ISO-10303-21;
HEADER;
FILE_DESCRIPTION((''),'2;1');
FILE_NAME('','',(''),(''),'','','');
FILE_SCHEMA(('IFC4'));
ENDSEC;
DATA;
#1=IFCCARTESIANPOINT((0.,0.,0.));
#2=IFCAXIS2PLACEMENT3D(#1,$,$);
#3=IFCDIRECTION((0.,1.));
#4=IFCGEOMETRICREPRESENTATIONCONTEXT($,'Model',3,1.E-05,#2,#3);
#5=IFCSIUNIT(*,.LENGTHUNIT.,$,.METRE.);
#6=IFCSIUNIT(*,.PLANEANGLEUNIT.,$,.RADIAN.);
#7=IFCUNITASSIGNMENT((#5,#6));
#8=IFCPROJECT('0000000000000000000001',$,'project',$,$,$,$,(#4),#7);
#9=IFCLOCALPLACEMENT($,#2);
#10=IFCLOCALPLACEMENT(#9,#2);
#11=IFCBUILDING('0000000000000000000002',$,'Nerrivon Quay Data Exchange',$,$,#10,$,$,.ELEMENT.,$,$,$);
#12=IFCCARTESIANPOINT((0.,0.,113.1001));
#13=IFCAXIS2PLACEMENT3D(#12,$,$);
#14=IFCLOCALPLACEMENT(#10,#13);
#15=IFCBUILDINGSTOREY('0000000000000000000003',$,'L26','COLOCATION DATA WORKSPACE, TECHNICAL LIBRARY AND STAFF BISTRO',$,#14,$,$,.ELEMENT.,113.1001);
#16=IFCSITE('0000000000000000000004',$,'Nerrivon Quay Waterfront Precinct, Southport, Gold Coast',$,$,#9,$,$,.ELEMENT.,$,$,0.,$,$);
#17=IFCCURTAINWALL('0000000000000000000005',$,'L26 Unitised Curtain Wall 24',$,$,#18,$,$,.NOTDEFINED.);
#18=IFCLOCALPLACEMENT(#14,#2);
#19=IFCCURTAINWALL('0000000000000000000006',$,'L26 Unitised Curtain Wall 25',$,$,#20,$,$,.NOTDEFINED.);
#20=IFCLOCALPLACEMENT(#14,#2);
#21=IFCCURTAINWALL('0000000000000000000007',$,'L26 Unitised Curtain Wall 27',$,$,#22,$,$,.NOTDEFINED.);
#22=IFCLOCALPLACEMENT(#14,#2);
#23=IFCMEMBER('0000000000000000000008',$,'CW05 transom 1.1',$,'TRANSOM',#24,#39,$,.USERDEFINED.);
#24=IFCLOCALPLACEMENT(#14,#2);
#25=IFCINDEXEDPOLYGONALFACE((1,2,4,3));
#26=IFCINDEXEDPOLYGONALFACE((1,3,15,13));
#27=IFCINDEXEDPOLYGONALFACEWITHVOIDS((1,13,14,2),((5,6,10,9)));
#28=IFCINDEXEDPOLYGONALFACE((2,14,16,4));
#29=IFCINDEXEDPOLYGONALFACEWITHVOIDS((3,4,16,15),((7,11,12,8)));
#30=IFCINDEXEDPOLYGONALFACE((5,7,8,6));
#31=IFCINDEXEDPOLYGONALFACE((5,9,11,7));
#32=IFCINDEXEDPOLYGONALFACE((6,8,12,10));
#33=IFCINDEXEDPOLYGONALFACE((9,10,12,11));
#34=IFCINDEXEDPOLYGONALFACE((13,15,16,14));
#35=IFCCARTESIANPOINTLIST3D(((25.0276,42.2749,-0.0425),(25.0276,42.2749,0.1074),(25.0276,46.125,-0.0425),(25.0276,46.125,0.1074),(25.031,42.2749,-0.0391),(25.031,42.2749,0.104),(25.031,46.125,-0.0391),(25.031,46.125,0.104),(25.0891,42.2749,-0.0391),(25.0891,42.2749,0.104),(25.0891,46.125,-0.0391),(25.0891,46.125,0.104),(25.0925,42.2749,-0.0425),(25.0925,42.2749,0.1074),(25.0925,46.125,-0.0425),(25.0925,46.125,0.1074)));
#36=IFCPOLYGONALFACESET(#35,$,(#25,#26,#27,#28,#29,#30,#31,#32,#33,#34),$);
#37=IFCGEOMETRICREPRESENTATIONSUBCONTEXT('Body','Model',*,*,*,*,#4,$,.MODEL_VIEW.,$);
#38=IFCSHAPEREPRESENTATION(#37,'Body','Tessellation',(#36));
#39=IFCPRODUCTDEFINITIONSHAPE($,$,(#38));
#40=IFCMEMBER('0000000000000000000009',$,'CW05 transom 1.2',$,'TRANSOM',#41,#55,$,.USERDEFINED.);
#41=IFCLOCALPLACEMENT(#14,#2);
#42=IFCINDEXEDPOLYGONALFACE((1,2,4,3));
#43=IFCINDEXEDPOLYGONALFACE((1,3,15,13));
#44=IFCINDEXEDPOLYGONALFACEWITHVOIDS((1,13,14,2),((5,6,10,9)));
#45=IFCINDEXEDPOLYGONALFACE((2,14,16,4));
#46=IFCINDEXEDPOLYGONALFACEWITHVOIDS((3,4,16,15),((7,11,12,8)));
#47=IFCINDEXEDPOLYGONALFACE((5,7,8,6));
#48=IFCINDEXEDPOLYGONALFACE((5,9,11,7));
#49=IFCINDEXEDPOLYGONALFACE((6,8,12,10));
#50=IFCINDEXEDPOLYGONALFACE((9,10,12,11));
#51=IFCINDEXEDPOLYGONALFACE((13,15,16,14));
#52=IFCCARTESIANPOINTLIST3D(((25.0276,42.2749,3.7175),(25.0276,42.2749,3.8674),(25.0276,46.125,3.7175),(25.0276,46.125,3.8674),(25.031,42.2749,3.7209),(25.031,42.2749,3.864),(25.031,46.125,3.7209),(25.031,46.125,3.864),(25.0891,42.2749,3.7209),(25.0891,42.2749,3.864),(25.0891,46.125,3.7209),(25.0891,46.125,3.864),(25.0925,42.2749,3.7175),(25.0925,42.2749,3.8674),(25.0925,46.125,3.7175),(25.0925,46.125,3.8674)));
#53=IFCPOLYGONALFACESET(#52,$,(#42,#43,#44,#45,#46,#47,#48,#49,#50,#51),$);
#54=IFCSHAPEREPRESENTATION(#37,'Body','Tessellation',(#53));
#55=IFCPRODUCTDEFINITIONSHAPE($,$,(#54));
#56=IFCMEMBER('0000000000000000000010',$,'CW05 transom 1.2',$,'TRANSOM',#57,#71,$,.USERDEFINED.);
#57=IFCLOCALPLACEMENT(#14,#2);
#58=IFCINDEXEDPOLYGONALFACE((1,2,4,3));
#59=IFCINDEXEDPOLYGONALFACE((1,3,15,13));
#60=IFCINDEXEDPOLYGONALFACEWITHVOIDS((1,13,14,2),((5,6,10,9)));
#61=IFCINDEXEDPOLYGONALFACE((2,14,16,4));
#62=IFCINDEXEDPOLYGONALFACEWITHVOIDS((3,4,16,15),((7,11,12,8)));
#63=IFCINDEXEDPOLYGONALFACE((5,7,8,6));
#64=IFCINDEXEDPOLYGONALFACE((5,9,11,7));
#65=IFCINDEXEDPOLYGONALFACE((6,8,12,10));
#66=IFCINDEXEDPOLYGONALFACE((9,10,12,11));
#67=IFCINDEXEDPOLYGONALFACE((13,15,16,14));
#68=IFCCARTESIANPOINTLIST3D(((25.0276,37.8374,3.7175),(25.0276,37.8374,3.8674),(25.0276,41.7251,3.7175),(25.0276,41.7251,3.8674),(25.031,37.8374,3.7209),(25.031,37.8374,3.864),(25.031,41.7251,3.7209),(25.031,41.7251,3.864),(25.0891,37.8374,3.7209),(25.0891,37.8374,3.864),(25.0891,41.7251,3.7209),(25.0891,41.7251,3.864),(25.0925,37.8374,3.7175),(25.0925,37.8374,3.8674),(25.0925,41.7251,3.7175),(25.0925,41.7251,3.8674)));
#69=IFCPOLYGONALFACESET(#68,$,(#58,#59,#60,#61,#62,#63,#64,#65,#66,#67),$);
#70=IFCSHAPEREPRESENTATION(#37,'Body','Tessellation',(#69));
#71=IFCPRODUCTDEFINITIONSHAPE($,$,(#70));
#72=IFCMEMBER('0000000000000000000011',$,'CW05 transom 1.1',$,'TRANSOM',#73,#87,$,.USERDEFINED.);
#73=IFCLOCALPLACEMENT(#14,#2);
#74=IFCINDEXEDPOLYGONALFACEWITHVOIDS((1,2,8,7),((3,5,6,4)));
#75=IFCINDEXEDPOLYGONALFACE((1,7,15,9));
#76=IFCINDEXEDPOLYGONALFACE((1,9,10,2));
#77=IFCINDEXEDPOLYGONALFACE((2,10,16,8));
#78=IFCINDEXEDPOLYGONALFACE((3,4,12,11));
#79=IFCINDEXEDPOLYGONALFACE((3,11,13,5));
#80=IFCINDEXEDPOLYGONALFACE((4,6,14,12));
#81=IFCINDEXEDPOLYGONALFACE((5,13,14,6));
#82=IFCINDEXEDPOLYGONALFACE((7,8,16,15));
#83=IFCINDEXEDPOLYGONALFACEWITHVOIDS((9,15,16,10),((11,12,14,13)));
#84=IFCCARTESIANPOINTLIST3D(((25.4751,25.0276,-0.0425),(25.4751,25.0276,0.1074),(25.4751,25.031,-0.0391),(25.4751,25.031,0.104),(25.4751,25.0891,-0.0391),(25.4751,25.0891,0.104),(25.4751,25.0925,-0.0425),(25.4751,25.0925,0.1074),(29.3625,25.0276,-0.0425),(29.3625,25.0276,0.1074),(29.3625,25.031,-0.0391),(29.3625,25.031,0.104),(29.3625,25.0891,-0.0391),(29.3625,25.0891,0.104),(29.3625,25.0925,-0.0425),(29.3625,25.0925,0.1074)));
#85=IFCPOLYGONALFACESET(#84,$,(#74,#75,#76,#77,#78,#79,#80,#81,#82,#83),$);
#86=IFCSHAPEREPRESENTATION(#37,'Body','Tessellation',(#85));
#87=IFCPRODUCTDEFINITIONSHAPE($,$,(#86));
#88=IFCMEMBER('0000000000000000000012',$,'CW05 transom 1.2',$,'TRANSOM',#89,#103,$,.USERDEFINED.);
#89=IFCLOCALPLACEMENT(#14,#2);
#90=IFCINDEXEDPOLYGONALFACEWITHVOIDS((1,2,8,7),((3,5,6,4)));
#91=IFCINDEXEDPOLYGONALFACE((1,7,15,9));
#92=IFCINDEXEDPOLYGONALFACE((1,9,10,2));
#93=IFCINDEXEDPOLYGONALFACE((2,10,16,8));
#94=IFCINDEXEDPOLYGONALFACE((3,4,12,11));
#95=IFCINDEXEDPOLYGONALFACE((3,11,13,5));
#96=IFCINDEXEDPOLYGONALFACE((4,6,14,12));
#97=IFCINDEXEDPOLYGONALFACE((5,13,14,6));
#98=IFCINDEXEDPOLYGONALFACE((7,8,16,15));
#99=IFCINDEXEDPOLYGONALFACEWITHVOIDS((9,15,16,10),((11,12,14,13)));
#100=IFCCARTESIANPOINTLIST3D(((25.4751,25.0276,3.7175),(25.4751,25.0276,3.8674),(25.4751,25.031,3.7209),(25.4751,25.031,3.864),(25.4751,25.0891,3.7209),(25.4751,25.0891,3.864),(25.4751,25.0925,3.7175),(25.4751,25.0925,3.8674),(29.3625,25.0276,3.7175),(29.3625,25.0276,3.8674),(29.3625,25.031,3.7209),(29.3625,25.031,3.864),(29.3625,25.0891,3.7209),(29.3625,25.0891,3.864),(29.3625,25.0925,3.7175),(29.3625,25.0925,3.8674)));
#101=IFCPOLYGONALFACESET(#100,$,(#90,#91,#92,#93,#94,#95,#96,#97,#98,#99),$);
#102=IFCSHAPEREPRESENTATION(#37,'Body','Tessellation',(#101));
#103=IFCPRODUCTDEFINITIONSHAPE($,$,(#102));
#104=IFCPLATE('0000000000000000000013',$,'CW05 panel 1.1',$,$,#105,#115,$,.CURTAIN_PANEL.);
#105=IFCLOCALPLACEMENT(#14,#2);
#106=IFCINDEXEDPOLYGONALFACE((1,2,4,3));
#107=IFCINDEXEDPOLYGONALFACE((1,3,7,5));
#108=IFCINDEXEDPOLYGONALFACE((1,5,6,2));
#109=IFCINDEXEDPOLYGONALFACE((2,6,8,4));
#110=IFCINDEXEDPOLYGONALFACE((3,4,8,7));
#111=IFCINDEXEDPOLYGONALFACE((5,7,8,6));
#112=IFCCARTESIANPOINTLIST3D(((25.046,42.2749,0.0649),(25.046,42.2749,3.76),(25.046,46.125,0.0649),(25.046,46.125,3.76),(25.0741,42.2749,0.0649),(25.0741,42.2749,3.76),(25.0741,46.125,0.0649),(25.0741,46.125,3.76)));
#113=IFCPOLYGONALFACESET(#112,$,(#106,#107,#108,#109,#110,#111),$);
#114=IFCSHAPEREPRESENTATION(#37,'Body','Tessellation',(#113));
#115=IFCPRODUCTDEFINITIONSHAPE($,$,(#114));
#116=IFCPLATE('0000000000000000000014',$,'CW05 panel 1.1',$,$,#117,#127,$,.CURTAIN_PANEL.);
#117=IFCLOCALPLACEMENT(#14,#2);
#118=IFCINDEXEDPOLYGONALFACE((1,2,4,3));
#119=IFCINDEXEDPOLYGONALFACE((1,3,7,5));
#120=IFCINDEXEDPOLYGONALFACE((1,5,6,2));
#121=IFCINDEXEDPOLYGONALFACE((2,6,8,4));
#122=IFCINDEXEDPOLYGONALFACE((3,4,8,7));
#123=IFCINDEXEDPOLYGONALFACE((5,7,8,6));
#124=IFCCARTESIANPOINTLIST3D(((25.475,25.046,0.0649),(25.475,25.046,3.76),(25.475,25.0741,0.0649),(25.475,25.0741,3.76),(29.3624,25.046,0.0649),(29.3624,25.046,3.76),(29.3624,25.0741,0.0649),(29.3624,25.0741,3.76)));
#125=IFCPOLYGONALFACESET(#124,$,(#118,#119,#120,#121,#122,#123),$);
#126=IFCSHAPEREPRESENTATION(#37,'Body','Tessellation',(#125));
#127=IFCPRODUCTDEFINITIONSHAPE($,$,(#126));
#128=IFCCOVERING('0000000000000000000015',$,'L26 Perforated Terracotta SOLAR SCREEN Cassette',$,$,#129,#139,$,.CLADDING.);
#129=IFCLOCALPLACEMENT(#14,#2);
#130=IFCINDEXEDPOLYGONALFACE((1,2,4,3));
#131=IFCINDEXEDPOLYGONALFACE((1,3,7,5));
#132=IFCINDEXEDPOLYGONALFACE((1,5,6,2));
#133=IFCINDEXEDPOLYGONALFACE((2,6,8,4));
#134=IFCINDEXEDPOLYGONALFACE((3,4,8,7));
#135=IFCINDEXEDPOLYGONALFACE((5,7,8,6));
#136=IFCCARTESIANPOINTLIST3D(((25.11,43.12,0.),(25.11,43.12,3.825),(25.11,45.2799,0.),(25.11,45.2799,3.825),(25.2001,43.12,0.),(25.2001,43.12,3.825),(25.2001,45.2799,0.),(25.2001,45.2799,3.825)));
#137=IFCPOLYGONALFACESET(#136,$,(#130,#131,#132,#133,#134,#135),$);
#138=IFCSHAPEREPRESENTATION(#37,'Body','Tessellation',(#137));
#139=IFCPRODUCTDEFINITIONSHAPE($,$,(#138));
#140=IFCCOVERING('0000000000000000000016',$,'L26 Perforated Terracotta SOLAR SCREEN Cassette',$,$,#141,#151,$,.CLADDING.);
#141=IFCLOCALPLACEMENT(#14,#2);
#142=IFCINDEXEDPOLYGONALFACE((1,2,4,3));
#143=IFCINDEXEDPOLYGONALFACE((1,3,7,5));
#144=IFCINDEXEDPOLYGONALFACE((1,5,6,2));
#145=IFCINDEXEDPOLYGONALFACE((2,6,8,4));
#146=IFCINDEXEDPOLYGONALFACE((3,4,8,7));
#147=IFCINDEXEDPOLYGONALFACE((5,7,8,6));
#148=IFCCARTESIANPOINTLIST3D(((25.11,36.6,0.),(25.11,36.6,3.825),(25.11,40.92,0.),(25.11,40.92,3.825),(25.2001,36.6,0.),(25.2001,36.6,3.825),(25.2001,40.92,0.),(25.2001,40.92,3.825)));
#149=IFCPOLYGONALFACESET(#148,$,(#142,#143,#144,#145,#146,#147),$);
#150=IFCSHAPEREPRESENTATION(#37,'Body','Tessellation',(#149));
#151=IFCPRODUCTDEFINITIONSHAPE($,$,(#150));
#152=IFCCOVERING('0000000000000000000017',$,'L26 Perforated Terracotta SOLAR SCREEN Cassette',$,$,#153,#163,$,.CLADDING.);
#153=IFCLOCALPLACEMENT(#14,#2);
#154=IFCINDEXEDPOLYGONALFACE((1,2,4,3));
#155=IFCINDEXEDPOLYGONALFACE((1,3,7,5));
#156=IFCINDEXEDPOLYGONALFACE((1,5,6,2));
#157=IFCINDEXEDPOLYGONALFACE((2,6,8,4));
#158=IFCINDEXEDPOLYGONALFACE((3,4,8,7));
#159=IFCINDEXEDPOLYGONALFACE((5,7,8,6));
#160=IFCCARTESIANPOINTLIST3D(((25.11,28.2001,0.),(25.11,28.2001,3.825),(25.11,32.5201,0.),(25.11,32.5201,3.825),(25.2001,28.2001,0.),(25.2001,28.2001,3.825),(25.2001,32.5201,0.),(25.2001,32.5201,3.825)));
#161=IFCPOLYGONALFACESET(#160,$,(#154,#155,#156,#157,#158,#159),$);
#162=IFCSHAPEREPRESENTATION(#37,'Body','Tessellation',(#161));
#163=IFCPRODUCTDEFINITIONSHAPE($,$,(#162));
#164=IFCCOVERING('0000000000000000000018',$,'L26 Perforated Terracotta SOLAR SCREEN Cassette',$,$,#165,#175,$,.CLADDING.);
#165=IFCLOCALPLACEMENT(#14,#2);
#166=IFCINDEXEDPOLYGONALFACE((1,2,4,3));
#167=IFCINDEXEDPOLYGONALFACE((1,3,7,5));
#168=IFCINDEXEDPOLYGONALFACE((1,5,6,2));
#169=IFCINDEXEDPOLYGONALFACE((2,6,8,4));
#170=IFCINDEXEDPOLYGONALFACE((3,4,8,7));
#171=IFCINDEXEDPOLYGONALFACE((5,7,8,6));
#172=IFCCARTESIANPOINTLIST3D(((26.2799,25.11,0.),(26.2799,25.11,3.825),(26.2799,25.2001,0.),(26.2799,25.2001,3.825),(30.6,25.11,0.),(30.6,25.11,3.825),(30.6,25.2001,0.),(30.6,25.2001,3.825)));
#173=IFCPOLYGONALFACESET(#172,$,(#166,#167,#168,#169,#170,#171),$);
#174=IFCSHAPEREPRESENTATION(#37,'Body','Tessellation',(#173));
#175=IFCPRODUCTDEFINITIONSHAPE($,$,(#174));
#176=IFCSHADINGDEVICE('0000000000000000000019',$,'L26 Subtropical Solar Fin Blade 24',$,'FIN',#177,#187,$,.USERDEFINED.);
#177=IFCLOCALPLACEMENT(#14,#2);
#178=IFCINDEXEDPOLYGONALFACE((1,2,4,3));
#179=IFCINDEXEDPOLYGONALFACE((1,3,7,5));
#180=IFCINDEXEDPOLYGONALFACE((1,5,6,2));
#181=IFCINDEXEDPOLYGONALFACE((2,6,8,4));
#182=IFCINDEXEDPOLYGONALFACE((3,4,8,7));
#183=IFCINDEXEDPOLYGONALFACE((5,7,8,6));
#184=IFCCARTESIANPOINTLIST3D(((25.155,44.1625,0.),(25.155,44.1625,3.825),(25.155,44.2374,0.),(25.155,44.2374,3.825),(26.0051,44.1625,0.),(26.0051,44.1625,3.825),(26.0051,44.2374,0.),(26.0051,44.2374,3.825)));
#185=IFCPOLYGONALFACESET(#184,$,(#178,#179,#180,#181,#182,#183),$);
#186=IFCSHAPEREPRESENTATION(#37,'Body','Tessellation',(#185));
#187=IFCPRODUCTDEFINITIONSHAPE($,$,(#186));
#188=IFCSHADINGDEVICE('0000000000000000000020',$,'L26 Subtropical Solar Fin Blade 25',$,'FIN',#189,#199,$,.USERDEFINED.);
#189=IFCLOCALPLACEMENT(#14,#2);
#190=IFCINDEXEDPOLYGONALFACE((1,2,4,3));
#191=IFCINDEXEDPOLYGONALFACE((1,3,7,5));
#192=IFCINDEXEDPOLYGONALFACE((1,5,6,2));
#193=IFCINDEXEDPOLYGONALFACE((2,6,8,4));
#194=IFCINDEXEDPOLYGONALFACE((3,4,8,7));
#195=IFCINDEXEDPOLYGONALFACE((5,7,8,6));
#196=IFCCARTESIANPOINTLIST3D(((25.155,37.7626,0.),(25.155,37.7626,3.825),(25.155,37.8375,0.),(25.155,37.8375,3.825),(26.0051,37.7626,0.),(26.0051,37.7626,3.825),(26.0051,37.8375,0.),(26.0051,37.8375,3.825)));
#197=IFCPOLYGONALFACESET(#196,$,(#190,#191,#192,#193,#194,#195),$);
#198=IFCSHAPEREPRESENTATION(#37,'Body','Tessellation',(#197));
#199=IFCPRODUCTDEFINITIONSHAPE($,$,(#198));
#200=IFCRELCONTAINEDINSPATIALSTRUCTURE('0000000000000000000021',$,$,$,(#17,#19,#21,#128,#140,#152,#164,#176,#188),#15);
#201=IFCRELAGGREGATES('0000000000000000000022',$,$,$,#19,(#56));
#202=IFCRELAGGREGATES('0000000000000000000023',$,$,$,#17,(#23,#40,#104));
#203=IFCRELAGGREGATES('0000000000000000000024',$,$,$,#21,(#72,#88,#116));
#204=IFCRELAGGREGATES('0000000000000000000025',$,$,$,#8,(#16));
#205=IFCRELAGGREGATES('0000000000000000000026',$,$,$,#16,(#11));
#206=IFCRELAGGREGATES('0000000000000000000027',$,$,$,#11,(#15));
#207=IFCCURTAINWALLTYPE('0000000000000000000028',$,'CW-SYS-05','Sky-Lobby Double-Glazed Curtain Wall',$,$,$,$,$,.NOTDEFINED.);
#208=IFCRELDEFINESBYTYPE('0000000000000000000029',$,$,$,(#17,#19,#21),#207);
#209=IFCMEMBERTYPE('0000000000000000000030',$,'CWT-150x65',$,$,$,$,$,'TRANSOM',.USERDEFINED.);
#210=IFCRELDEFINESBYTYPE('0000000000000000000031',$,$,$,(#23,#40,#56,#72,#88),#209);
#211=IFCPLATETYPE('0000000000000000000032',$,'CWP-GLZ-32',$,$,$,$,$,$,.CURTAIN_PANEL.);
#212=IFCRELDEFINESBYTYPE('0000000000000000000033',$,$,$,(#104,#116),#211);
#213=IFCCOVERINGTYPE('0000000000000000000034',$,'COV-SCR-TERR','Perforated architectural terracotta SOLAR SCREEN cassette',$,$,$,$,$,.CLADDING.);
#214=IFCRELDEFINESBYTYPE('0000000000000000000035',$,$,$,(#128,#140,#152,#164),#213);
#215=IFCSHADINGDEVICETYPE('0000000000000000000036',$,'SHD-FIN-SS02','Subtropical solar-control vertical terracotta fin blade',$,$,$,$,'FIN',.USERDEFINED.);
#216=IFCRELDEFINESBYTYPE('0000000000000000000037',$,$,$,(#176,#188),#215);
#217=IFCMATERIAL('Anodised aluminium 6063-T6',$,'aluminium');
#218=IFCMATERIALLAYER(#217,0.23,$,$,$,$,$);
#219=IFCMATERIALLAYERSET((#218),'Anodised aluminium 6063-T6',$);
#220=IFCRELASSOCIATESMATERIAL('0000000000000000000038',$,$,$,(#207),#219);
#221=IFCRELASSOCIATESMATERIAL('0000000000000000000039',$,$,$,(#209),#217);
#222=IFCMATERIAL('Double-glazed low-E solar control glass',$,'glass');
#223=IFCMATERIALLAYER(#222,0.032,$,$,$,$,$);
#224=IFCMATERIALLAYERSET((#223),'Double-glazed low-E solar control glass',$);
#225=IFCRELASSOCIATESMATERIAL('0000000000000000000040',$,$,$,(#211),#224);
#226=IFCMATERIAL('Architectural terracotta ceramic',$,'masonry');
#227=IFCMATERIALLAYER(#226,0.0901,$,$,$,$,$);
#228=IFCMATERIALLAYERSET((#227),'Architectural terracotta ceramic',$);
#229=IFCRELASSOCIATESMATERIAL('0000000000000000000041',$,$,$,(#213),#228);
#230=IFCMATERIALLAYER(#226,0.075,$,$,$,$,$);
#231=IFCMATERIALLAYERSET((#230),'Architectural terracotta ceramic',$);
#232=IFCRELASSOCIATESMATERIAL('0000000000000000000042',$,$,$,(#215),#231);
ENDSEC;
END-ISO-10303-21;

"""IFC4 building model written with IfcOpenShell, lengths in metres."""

from ifc_helpers import new_model, si_unit, direction, frame, origin, origin_2d, place, context, subcontext, project, spatial, rectangle, hollow_rectangle, extrude, material, layer, layer_set, material_profile, profile_set, type_object, element, aggregate, save


model = new_model("IFC4")

# Units and contexts
model_context = context("Model", 3, precision=1e-05, world=origin(), true_north=direction((0.0, 1.0)))
body_context = subcontext(model_context, "Body", "Model", "MODEL_VIEW")
ifc_project = project(units=[si_unit("LENGTHUNIT", "METRE"), si_unit("PLANEANGLEUNIT", "RADIAN")], contexts=[model_context])

# Site, building, storey
site_placement = place(None, origin())
site = spatial("IfcSite", under=ifc_project, at=site_placement, Name="Nerrivon Quay Waterfront Precinct, Southport, Gold Coast", CompositionType="ELEMENT", RefElevation=0.0)
building_placement = place(site_placement, origin())
building = spatial("IfcBuilding", under=site, at=building_placement, Name="Nerrivon Quay Data Exchange", CompositionType="ELEMENT")
storey_placement = place(building_placement, frame((0.0, 0.0, 113.1001)))
storey = spatial("IfcBuildingStorey", under=building, at=storey_placement, Name="L26", Description="COLOCATION DATA WORKSPACE, TECHNICAL LIBRARY AND STAFF BISTRO", CompositionType="ELEMENT", Elevation=113.1001)

# Shared definitions
ifc_material_1 = material(Name="Anodised aluminium 6063-T6", Category="aluminium")
ifc_layer_1 = layer(ifc_material_1, 0.23)
ifc_layer_set_1 = layer_set([ifc_layer_1], Name="Anodised aluminium 6063-T6")
curtain_wall_type = type_object("IfcCurtainWallType", Name="CW-SYS-05", Description="Sky-Lobby Double-Glazed Curtain Wall", PredefinedType="NOTDEFINED", material=ifc_layer_set_1)

# Curtain wall
curtain_wall_1_placement = place(storey_placement, origin())
curtain_wall_1 = element("IfcCurtainWall", 1, at=curtain_wall_1_placement, inside=storey, type_object=curtain_wall_type, Name="L26 Unitised Curtain Wall 24", PredefinedType="NOTDEFINED")

# Curtain wall
curtain_wall_2_placement = place(storey_placement, origin())
curtain_wall_2 = element("IfcCurtainWall", 2, at=curtain_wall_2_placement, inside=storey, type_object=curtain_wall_type, Name="L26 Unitised Curtain Wall 25", PredefinedType="NOTDEFINED")

# Curtain wall
curtain_wall_3_placement = place(storey_placement, origin())
curtain_wall_3 = element("IfcCurtainWall", 3, at=curtain_wall_3_placement, inside=storey, type_object=curtain_wall_type, Name="L26 Unitised Curtain Wall 27", PredefinedType="NOTDEFINED")

# Members
ifc_material_profile_1 = material_profile(ifc_material_1, hollow_rectangle(XDim=0.0649, YDim=0.1499, WallThickness=0.0034, at=origin_2d()), Name="ALU-TRAN-150x65")
ifc_profile_set_1 = profile_set([ifc_material_profile_1], Name="Anodised aluminium 6063-T6")
member_type_1 = type_object("IfcMemberType", Name="CWT-150x65", ElementType="TRANSOM", PredefinedType="USERDEFINED", material=ifc_profile_set_1)
member_1_placement = place(storey_placement, frame((25.0601, 46.125, 0.0325), z_axis=(0.0, -1.0, 0.0), x_axis=(1.0, 0.0, 0.0)))
member_1 = element("IfcMember", 4, at=member_1_placement, type_object=member_type_1, Name="CW05 transom 1.1", ObjectType="TRANSOM", PredefinedType="USERDEFINED", context=body_context, shape_type="SweptSolid", body=[
    extrude(hollow_rectangle(XDim=0.0649, YDim=0.1499, WallThickness=0.0034, at=origin_2d()), origin(), (0.0, 0.0, 1.0), 3.8501),
])
member_2_placement = place(storey_placement, frame((25.0601, 46.125, 3.7925), z_axis=(0.0, -1.0, 0.0), x_axis=(1.0, 0.0, 0.0)))
member_2 = element("IfcMember", 5, at=member_2_placement, type_object=member_type_1, Name="CW05 transom 1.2", ObjectType="TRANSOM", PredefinedType="USERDEFINED", context=body_context, shape_type="SweptSolid", body=[
    extrude(hollow_rectangle(XDim=0.0649, YDim=0.1499, WallThickness=0.0034, at=origin_2d()), origin(), (0.0, 0.0, 1.0), 3.8501),
])
member_3_placement = place(storey_placement, frame((25.0601, 41.7251, 3.7925), z_axis=(0.0, -1.0, 0.0), x_axis=(1.0, 0.0, 0.0)))
member_3 = element("IfcMember", 6, at=member_3_placement, type_object=member_type_1, Name="CW05 transom 1.2", ObjectType="TRANSOM", PredefinedType="USERDEFINED", context=body_context, shape_type="SweptSolid", body=[
    extrude(hollow_rectangle(XDim=0.0649, YDim=0.1499, WallThickness=0.0034, at=origin_2d()), origin(), (0.0, 0.0, 1.0), 3.8877),
])
aggregate(curtain_wall_2, [member_3])
member_4_placement = place(storey_placement, frame((25.4751, 25.0601, 0.0325), z_axis=(1.0, 0.0, 0.0), x_axis=(0.0, 1.0, 0.0)))
member_4 = element("IfcMember", 7, at=member_4_placement, type_object=member_type_1, Name="CW05 transom 1.1", ObjectType="TRANSOM", PredefinedType="USERDEFINED", context=body_context, shape_type="SweptSolid", body=[
    extrude(hollow_rectangle(XDim=0.0649, YDim=0.1499, WallThickness=0.0034, at=origin_2d()), origin(), (0.0, 0.0, 1.0), 3.8875),
])
member_5_placement = place(storey_placement, frame((25.4751, 25.0601, 3.7925), z_axis=(1.0, 0.0, 0.0), x_axis=(0.0, 1.0, 0.0)))
member_5 = element("IfcMember", 8, at=member_5_placement, type_object=member_type_1, Name="CW05 transom 1.2", ObjectType="TRANSOM", PredefinedType="USERDEFINED", context=body_context, shape_type="SweptSolid", body=[
    extrude(hollow_rectangle(XDim=0.0649, YDim=0.1499, WallThickness=0.0034, at=origin_2d()), origin(), (0.0, 0.0, 1.0), 3.8875),
])

# Plates
ifc_material_2 = material(Name="Double-glazed low-E solar control glass", Category="glass")
ifc_layer_2 = layer(ifc_material_2, 0.032)
ifc_layer_set_2 = layer_set([ifc_layer_2], Name="Double-glazed low-E solar control glass")
plate_type = type_object("IfcPlateType", Name="CWP-GLZ-32", PredefinedType="CURTAIN_PANEL", material=ifc_layer_set_2)
plate_1_placement = place(storey_placement, frame((25.0601, 44.2, 0.0649), z_axis=(0.0, 0.0, 1.0), x_axis=(0.0, -1.0, 0.0)))
plate_1 = element("IfcPlate", 9, at=plate_1_placement, type_object=plate_type, Name="CW05 panel 1.1", PredefinedType="CURTAIN_PANEL", context=body_context, shape_type="SweptSolid", body=[
    extrude(rectangle(XDim=3.8501, YDim=0.0281, at=origin_2d()), origin(), (0.0, 0.0, 1.0), 3.6951),
])
aggregate(curtain_wall_1, [member_1, member_2, plate_1])
plate_2_placement = place(storey_placement, frame((27.4187, 25.0601, 0.0649), z_axis=(0.0, 0.0, 1.0), x_axis=(1.0, 0.0, 0.0)))
plate_2 = element("IfcPlate", 10, at=plate_2_placement, type_object=plate_type, Name="CW05 panel 1.1", PredefinedType="CURTAIN_PANEL", context=body_context, shape_type="SweptSolid", body=[
    extrude(rectangle(XDim=3.8875, YDim=0.0281, at=origin_2d()), origin(), (0.0, 0.0, 1.0), 3.6951),
])
aggregate(curtain_wall_3, [member_4, member_5, plate_2])

# Coverings
ifc_material_3 = material(Name="Architectural terracotta ceramic", Category="masonry")
ifc_layer_3 = layer(ifc_material_3, 0.0901)
ifc_layer_set_3 = layer_set([ifc_layer_3], Name="Architectural terracotta ceramic")
covering_type = type_object("IfcCoveringType", Name="COV-SCR-TERR", Description="Perforated architectural terracotta SOLAR SCREEN cassette", PredefinedType="CLADDING", material=ifc_layer_set_3)
covering_placement = place(storey_placement, frame((25.155, 44.2, 0.0), z_axis=(0.0, 0.0, 1.0), x_axis=(0.0, -1.0, 0.0)))
element("IfcCovering", 11, at=covering_placement, inside=storey, type_object=covering_type, Name="L26 Perforated Terracotta SOLAR SCREEN Cassette", PredefinedType="CLADDING", context=body_context, shape_type="SweptSolid", body=[
    extrude(rectangle(XDim=2.1599, YDim=0.0901, at=origin_2d()), origin(), (0.0, 0.0, 1.0), 3.825),
])
for number, where, z_axis, x_axis, name in (
    (12, (25.155, 38.76, 0.0), (0.0, 0.0, 1.0), (0.0, -1.0, 0.0), "L26 Perforated Terracotta SOLAR SCREEN Cassette"),
    (13, (25.155, 30.3601, 0.0), (0.0, 0.0, 1.0), (0.0, -1.0, 0.0), "L26 Perforated Terracotta SOLAR SCREEN Cassette"),
    (14, (28.4399, 25.155, 0.0), (0.0, 0.0, 1.0), (1.0, 0.0, 0.0), "L26 Perforated Terracotta SOLAR SCREEN Cassette"),
):
    element("IfcCovering", number, at=place(storey_placement, frame(where, z_axis=z_axis, x_axis=x_axis)), inside=storey, type_object=covering_type, Name=name, PredefinedType="CLADDING", context=body_context, shape_type="SweptSolid", body=[
        extrude(rectangle(XDim=4.3201, YDim=0.0901, at=origin_2d()), origin(), (0.0, 0.0, 1.0), 3.825),
    ])

# Shading devices
ifc_layer_4 = layer(ifc_material_3, 0.075)
ifc_layer_set_4 = layer_set([ifc_layer_4], Name="Architectural terracotta ceramic")
shading_device_type_1 = type_object("IfcShadingDeviceType", Name="SHD-FIN-SS02", Description="Subtropical solar-control vertical terracotta fin blade", ElementType="FIN", PredefinedType="USERDEFINED", material=ifc_layer_set_4)
for number, where, z_axis, x_axis, name in (
    (15, (25.5801, 44.2, 0.0), (0.0, 0.0, 1.0), (0.0, -1.0, 0.0), "L26 Subtropical Solar Fin Blade 24"),
    (16, (25.5801, 37.8, 0.0), (0.0, 0.0, 1.0), (0.0, -1.0, 0.0), "L26 Subtropical Solar Fin Blade 25"),
):
    element("IfcShadingDevice", number, at=place(storey_placement, frame(where, z_axis=z_axis, x_axis=x_axis)), inside=storey, type_object=shading_device_type_1, Name=name, ObjectType="FIN", PredefinedType="USERDEFINED", context=body_context, shape_type="SweptSolid", body=[
        extrude(rectangle(XDim=0.075, YDim=0.8501, at=origin_2d()), origin(), (0.0, 0.0, 1.0), 3.825),
    ])

save(model, "model.ifc")
